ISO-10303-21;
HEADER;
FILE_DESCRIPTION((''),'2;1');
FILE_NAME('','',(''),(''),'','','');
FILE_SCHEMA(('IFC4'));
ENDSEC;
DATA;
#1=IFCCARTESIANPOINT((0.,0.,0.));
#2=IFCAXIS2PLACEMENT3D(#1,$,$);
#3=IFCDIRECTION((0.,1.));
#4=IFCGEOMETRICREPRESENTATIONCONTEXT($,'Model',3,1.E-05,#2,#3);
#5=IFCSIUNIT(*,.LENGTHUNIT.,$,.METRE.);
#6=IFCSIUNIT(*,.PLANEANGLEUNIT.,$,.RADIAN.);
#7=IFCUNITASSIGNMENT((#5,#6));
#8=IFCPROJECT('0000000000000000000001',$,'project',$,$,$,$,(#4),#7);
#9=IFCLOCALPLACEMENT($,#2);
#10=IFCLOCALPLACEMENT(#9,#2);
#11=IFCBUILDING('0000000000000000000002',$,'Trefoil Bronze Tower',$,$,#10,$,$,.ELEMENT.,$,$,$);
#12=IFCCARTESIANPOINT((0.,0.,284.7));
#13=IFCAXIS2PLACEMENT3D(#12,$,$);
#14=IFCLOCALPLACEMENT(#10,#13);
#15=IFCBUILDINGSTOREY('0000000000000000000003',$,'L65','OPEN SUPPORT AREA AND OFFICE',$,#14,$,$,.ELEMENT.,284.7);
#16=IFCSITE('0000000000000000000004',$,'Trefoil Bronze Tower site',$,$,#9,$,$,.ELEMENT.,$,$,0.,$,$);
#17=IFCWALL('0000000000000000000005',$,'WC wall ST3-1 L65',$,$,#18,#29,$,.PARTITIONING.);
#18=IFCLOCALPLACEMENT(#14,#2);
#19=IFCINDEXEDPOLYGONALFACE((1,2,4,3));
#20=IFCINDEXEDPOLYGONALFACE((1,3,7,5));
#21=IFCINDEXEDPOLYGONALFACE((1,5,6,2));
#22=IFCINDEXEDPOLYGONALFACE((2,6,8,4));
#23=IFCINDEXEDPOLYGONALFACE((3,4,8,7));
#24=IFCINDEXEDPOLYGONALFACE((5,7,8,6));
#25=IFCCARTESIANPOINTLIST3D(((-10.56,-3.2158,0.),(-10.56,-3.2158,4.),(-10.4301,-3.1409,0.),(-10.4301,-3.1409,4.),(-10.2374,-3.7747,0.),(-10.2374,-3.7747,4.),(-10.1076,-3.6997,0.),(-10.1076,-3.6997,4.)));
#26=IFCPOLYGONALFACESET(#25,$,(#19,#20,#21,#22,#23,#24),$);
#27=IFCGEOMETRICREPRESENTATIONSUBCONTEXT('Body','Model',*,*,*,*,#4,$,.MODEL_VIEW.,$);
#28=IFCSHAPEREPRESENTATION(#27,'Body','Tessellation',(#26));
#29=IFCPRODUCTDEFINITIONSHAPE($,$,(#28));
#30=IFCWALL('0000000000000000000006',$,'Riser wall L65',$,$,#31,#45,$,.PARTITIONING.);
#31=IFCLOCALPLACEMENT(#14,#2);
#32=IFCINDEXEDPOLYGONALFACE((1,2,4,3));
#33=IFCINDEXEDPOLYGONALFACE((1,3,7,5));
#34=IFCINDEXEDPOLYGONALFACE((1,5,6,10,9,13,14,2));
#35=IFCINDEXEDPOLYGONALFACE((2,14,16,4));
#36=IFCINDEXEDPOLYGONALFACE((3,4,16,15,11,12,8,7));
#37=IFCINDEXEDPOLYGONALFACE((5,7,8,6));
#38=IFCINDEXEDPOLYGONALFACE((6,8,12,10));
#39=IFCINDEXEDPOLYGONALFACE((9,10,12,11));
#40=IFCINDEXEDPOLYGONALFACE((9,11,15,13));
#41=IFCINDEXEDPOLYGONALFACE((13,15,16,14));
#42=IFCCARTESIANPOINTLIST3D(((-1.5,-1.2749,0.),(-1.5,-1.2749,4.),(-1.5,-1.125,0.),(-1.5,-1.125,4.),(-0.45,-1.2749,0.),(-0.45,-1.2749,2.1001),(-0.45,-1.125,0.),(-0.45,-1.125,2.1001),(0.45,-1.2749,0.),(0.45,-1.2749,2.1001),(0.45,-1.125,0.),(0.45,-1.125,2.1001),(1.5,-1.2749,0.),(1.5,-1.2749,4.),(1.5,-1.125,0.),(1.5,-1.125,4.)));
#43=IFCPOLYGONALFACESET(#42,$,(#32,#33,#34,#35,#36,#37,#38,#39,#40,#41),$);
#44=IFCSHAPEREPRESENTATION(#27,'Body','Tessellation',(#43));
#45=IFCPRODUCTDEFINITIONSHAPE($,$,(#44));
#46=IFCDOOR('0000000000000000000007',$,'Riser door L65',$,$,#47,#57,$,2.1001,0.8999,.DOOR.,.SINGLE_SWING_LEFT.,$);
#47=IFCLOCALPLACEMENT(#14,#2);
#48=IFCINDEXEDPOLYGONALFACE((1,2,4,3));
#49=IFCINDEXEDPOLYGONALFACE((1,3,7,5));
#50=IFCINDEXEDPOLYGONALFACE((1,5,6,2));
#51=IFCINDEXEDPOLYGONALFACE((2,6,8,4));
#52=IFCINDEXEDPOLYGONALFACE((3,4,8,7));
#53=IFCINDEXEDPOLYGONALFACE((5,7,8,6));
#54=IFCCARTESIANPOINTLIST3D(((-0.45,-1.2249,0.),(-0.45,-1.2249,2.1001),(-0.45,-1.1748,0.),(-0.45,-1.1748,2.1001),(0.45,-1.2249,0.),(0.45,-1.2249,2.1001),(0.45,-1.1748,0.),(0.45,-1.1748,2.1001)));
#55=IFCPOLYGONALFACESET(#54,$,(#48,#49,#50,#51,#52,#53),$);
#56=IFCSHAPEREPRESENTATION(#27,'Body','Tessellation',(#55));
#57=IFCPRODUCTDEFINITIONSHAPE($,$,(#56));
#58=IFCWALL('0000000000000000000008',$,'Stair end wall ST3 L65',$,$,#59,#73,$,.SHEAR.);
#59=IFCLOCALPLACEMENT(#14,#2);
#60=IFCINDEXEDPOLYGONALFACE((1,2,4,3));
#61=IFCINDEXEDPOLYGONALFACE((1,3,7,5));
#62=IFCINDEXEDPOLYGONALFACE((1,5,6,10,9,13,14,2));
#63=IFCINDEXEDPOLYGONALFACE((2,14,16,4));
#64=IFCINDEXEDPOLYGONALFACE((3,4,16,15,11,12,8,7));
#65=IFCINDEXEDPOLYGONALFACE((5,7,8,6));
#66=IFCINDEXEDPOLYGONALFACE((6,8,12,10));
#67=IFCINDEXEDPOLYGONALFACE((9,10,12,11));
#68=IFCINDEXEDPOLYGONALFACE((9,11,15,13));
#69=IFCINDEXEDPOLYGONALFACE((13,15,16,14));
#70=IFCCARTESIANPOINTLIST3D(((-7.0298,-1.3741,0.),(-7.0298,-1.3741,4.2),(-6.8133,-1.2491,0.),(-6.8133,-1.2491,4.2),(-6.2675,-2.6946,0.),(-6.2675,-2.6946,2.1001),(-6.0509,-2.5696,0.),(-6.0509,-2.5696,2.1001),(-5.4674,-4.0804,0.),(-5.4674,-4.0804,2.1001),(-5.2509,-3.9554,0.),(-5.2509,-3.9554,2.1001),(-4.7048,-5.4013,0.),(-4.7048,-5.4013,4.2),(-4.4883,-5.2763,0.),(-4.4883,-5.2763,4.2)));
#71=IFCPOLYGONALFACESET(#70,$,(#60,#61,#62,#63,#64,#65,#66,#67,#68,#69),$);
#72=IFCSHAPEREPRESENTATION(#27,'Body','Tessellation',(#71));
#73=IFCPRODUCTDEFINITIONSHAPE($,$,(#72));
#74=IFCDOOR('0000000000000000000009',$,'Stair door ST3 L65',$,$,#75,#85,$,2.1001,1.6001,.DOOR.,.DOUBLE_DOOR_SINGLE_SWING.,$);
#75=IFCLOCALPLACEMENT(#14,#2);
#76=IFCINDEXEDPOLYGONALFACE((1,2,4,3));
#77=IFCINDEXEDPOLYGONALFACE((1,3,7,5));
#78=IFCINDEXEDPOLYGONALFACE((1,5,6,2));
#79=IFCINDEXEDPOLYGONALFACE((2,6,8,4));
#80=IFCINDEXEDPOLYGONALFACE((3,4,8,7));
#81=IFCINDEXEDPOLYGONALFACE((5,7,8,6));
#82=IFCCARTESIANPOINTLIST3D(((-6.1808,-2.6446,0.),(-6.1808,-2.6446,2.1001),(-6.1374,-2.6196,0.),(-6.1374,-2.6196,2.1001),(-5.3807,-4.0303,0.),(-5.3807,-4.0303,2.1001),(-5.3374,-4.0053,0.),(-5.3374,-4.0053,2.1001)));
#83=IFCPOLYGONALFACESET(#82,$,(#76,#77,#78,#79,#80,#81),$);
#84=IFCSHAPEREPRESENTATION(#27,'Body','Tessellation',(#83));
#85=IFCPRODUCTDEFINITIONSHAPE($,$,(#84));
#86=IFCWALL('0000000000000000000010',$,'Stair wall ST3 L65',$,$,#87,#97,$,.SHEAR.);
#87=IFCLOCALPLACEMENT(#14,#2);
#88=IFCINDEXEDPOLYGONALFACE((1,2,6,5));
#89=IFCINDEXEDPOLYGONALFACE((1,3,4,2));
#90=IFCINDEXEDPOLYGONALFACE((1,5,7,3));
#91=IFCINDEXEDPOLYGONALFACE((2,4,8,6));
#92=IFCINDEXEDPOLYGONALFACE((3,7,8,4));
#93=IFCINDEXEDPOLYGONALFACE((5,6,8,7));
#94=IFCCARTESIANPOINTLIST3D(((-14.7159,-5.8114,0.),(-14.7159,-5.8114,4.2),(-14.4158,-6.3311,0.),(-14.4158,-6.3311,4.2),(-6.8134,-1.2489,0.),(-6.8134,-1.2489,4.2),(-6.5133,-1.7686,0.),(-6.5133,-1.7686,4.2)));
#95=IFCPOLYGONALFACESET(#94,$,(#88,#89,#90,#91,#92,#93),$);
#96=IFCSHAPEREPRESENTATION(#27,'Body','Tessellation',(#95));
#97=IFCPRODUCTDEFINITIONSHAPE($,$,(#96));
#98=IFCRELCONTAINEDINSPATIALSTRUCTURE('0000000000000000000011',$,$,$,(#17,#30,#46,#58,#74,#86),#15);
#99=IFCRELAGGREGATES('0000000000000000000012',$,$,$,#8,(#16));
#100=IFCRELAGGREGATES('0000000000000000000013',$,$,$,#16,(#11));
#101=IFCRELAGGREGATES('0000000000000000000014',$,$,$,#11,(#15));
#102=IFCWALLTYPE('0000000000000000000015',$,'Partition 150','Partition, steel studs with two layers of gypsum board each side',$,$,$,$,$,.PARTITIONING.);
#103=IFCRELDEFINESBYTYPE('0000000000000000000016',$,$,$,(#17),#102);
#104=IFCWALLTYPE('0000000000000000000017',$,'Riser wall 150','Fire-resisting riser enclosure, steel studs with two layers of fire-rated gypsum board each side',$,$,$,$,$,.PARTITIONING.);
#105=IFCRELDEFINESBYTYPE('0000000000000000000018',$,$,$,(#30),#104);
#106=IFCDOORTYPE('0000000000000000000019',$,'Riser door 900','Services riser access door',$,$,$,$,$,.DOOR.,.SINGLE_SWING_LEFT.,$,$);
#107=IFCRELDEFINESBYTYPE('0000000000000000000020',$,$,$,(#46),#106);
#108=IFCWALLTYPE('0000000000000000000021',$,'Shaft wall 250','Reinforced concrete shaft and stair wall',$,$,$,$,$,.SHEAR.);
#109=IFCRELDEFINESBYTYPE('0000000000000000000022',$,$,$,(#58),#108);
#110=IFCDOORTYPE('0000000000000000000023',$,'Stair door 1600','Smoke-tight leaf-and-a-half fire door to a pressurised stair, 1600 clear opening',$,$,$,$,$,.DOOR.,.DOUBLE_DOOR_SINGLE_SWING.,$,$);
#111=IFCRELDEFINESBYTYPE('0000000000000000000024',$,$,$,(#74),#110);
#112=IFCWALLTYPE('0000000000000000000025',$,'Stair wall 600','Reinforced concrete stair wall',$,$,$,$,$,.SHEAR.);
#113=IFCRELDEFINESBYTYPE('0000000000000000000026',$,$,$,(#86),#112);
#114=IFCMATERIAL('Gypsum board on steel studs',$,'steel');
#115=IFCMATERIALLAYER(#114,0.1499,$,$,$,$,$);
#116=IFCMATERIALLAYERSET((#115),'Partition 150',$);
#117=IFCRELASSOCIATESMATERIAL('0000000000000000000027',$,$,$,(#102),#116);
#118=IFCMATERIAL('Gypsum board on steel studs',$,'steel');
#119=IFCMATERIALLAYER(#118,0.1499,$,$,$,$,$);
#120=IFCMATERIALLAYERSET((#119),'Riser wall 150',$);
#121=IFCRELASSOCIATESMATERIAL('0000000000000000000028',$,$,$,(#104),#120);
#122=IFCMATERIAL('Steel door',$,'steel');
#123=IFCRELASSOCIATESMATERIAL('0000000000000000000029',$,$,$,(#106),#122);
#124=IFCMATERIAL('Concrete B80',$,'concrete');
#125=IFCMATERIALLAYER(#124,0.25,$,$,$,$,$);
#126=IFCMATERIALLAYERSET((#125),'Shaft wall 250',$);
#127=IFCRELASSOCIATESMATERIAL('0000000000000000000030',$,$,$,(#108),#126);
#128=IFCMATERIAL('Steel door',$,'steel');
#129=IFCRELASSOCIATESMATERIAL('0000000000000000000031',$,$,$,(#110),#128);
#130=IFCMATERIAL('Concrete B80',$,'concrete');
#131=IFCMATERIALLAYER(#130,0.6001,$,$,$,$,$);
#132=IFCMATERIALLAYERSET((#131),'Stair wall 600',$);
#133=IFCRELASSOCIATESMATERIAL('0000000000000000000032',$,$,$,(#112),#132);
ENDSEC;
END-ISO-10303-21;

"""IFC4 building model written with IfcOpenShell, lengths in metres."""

from ifc_helpers import new_model, si_unit, direction, frame, frame_2d, origin, place, context, subcontext, project, spatial, rectangle, extrude, material, layer, layer_set, type_object, element, fill, save


model = new_model("IFC4")

# Units and contexts
model_context = context("Model", 3, precision=1e-05, world=origin(), true_north=direction((0.0, 1.0)))
body_context = subcontext(model_context, "Body", "Model", "MODEL_VIEW")
ifc_project = project(units=[si_unit("LENGTHUNIT", "METRE"), si_unit("PLANEANGLEUNIT", "RADIAN")], contexts=[model_context])

# Site, building, storey
site_placement = place(None, origin())
site = spatial("IfcSite", under=ifc_project, at=site_placement, Name="Trefoil Bronze Tower site", CompositionType="ELEMENT", RefElevation=0.0)
building_placement = place(site_placement, origin())
building = spatial("IfcBuilding", under=site, at=building_placement, Name="Trefoil Bronze Tower", CompositionType="ELEMENT")
storey_placement = place(building_placement, frame((0.0, 0.0, 284.7)))
storey = spatial("IfcBuildingStorey", under=building, at=storey_placement, Name="L65", Description="OPEN SUPPORT AREA AND OFFICE", CompositionType="ELEMENT", Elevation=284.7)

# Shared definitions
ifc_material_1 = material(Name="Gypsum board on steel studs", Category="steel")
ifc_layer_1 = layer(ifc_material_1, 0.1499)
ifc_layer_set_1 = layer_set([ifc_layer_1], Name="Partition 150")
wall_type_1 = type_object("IfcWallType", Name="Partition 150", Description="Partition, steel studs with two layers of gypsum board each side", PredefinedType="PARTITIONING", material=ifc_layer_set_1)

# Wall
wall_1_placement = place(storey_placement, frame((-10.4951, -3.1782, 0.0), z_axis=(0.0, 0.0, 1.0), x_axis=(0.499843, -0.866116, 0.0)))
element("IfcWall", 1, at=wall_1_placement, inside=storey, type_object=wall_type_1, Name="WC wall ST3-1 L65", PredefinedType="PARTITIONING", context=body_context, shape_type="SweptSolid", body=[
    extrude(rectangle(XDim=0.6453, YDim=0.1499, at=frame_2d((0.3228, 0.0))), origin(), (0.0, 0.0, 1.0), 4.0),
])

# Walls, openings, doors
ifc_material_2 = material(Name="Gypsum board on steel studs", Category="steel")
ifc_layer_2 = layer(ifc_material_2, 0.1499)
ifc_layer_set_2 = layer_set([ifc_layer_2], Name="Riser wall 150")
wall_type_2 = type_object("IfcWallType", Name="Riser wall 150", Description="Fire-resisting riser enclosure, steel studs with two layers of fire-rated gypsum board each side", PredefinedType="PARTITIONING", material=ifc_layer_set_2)
wall_2_placement = place(storey_placement, frame((-1.5, -1.2, 0.0), z_axis=(0.0, 0.0, 1.0), x_axis=(1.0, 0.0, 0.0)))
wall_2 = element("IfcWall", 2, at=wall_2_placement, inside=storey, type_object=wall_type_2, Name="Riser wall L65", PredefinedType="PARTITIONING", context=body_context, shape_type="SweptSolid", body=[
    extrude(rectangle(XDim=3.0, YDim=0.1499, at=frame_2d((1.5, 0.0))), origin(), (0.0, 0.0, 1.0), 4.0),
])
opening_1_placement = place(wall_2_placement, frame((1.05, 0.0, 0.0)))
opening_1 = element("IfcOpeningElement", 3, at=opening_1_placement, cuts=wall_2, PredefinedType="OPENING", context=body_context, shape_type="SweptSolid", body=[
    extrude(rectangle(XDim=0.8999, YDim=2.1001, at=frame_2d((0.45, 1.05))), frame((0.0, 0.085, 0.0), z_axis=(0.0, -1.0, 0.0), x_axis=(1.0, 0.0, 0.0)), (0.0, 0.0, 1.0), 0.1699),
])
ifc_material_3 = material(Name="Steel door", Category="steel")
door_type_1 = type_object("IfcDoorType", Name="Riser door 900", Description="Services riser access door", OperationType="SINGLE_SWING_LEFT", PredefinedType="DOOR", material=ifc_material_3)
door_1_placement = place(opening_1_placement, frame((0.8999, 0.0, 0.0), z_axis=(0.0, 0.0, 1.0), x_axis=(-1.0, 0.0, 0.0)))
door_1 = element("IfcDoor", 4, at=door_1_placement, inside=storey, type_object=door_type_1, Name="Riser door L65", OperationType="SINGLE_SWING_LEFT", OverallHeight=2.1001, OverallWidth=0.8999, PredefinedType="DOOR", context=body_context, shape_type="SweptSolid", body=[
    extrude(rectangle(XDim=0.8999, YDim=2.1001, at=frame_2d((0.45, 1.05))), frame((0.0, 0.0249, 0.0), z_axis=(0.0, -1.0, 0.0), x_axis=(1.0, 0.0, 0.0)), (0.0, 0.0, 1.0), 0.05),
])
fill(opening_1, door_1)
ifc_material_4 = material(Name="Concrete B80", Category="concrete")
ifc_layer_3 = layer(ifc_material_4, 0.25)
ifc_layer_set_3 = layer_set([ifc_layer_3], Name="Shaft wall 250")
wall_type_3 = type_object("IfcWallType", Name="Shaft wall 250", Description="Reinforced concrete shaft and stair wall", PredefinedType="SHEAR", material=ifc_layer_set_3)
wall_3_placement = place(storey_placement, frame((-6.9216, -1.3115, 0.0), z_axis=(0.0, 0.0, 1.0), x_axis=(0.499985, -0.866034, 0.0)))
wall_3 = element("IfcWall", 5, at=wall_3_placement, inside=storey, type_object=wall_type_3, Name="Stair end wall ST3 L65", PredefinedType="SHEAR", context=body_context, shape_type="SweptSolid", body=[
    extrude(rectangle(XDim=4.6501, YDim=0.25, at=frame_2d((2.3252, 0.0))), origin(), (0.0, 0.0, 1.0), 4.2),
])
opening_2_placement = place(wall_3_placement, frame((1.5249, 0.0, 0.0)))
opening_2 = element("IfcOpeningElement", 6, at=opening_2_placement, cuts=wall_3, PredefinedType="OPENING", context=body_context, shape_type="SweptSolid", body=[
    extrude(rectangle(XDim=1.6001, YDim=2.1001, at=frame_2d((0.8, 1.05))), frame((0.0, 0.135, 0.0), z_axis=(0.0, -1.0, 0.0), x_axis=(1.0, 0.0, 0.0)), (0.0, 0.0, 1.0), 0.27),
])
ifc_material_5 = material(Name="Steel door", Category="steel")
door_type_2 = type_object("IfcDoorType", Name="Stair door 1600", Description="Smoke-tight leaf-and-a-half fire door to a pressurised stair, 1600 clear opening", OperationType="DOUBLE_DOOR_SINGLE_SWING", PredefinedType="DOOR", material=ifc_material_5)
door_2_placement = place(opening_2_placement, frame((1.6001, 0.0, 0.0), z_axis=(0.0, 0.0, 1.0), x_axis=(-1.0, 0.0, 0.0)))
door_2 = element("IfcDoor", 7, at=door_2_placement, inside=storey, type_object=door_type_2, Name="Stair door ST3 L65", OperationType="DOUBLE_DOOR_SINGLE_SWING", OverallHeight=2.1001, OverallWidth=1.6001, PredefinedType="DOOR", context=body_context, shape_type="SweptSolid", body=[
    extrude(rectangle(XDim=1.6001, YDim=2.1001, at=frame_2d((0.8, 1.05))), frame((0.0, 0.0249, 0.0), z_axis=(0.0, -1.0, 0.0), x_axis=(1.0, 0.0, 0.0)), (0.0, 0.0, 1.0), 0.05),
])
fill(opening_2, door_2)

# Wall
ifc_material_6 = material(Name="Concrete B80", Category="concrete")
ifc_layer_4 = layer(ifc_material_6, 0.6001)
ifc_layer_set_4 = layer_set([ifc_layer_4], Name="Stair wall 600")
wall_type_4 = type_object("IfcWallType", Name="Stair wall 600", Description="Reinforced concrete stair wall", PredefinedType="SHEAR", material=ifc_layer_set_4)
wall_4_placement = place(storey_placement, frame((-6.6633, -1.5088, 0.0), z_axis=(0.0, 0.0, 1.0), x_axis=(-0.866028, -0.499995, 0.0)))
element("IfcWall", 8, at=wall_4_placement, inside=storey, type_object=wall_type_4, Name="Stair wall ST3 L65", PredefinedType="SHEAR", context=body_context, shape_type="SweptSolid", body=[
    extrude(rectangle(XDim=9.125, YDim=0.6001, at=frame_2d((4.5625, 0.0))), origin(), (0.0, 0.0, 1.0), 4.2),
])

save(model, "model.ifc")
